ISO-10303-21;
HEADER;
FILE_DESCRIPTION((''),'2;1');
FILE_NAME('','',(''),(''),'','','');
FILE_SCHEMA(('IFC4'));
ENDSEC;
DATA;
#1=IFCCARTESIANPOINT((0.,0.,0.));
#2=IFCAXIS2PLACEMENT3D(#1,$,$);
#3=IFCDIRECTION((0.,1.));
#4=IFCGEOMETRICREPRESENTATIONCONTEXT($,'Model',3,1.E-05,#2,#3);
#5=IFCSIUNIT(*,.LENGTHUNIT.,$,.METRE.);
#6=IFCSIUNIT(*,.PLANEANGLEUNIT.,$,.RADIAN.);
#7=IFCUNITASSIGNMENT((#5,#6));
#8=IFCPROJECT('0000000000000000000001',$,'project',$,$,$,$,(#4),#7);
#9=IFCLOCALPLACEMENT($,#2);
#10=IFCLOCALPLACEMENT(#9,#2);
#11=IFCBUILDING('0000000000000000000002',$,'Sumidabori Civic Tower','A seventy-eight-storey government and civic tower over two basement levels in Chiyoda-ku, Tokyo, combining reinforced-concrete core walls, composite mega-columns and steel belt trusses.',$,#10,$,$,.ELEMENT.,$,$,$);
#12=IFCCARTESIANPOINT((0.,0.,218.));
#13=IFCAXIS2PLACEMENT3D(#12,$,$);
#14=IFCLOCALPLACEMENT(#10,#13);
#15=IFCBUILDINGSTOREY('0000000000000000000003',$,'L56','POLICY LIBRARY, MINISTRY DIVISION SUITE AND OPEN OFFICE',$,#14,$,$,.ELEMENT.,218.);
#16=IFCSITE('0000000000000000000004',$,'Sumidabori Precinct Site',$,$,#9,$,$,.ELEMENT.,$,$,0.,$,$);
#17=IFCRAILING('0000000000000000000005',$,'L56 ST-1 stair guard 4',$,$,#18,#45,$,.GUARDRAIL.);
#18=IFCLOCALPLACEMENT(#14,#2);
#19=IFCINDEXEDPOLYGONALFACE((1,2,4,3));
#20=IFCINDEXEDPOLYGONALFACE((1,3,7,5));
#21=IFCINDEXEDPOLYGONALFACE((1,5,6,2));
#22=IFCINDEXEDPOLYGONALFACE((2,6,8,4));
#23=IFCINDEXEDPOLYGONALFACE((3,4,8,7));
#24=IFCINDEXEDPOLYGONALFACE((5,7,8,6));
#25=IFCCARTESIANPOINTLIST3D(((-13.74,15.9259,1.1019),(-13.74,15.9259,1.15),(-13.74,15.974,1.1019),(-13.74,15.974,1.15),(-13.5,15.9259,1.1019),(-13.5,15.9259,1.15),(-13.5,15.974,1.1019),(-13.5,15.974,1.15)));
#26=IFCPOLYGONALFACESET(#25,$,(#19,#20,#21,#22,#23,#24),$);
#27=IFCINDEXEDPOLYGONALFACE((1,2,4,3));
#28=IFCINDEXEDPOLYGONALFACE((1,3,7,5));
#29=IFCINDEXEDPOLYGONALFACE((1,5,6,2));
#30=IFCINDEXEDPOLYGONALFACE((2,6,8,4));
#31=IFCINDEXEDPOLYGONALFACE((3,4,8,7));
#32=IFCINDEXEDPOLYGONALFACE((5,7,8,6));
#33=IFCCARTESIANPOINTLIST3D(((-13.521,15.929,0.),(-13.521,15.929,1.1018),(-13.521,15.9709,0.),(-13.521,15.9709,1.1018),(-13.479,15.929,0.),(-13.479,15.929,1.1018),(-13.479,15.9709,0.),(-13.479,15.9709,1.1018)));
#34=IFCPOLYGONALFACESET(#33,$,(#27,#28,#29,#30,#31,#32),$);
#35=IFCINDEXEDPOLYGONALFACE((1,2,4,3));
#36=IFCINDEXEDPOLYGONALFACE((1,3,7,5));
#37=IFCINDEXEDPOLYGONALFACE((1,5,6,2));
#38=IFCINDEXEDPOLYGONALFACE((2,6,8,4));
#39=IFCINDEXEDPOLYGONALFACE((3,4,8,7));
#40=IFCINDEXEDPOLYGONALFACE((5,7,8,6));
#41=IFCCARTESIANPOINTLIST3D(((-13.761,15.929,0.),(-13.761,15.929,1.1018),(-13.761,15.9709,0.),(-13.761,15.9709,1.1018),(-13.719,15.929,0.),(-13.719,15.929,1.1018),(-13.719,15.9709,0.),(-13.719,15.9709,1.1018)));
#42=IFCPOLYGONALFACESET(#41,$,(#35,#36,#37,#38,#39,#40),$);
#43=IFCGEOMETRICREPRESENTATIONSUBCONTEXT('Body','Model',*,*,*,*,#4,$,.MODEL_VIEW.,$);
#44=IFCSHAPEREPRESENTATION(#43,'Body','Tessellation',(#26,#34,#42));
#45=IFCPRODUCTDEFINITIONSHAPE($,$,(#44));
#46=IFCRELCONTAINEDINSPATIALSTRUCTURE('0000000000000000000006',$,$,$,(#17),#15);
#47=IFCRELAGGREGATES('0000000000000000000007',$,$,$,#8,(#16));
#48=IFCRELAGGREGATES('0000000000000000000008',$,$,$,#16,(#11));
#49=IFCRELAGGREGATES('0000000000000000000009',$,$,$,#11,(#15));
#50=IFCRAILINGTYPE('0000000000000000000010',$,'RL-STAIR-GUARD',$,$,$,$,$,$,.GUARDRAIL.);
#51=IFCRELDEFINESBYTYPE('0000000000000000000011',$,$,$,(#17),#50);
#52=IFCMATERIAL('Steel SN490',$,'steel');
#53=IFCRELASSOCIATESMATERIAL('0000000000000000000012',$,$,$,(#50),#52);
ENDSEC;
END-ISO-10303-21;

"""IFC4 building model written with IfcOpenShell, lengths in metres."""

from ifc_helpers import new_model, si_unit, direction, frame, origin, origin_2d, place, context, subcontext, project, spatial, rectangle, extrude, material, type_object, element, save


model = new_model("IFC4")

# Units and contexts
model_context = context("Model", 3, precision=1e-05, world=origin(), true_north=direction((0.0, 1.0)))
body_context = subcontext(model_context, "Body", "Model", "MODEL_VIEW")
ifc_project = project(units=[si_unit("LENGTHUNIT", "METRE"), si_unit("PLANEANGLEUNIT", "RADIAN")], contexts=[model_context])

# Site, building, storey
site_placement = place(None, origin())
site = spatial("IfcSite", under=ifc_project, at=site_placement, Name="Sumidabori Precinct Site", CompositionType="ELEMENT", RefElevation=0.0)
building_placement = place(site_placement, origin())
building = spatial("IfcBuilding", under=site, at=building_placement, Name="Sumidabori Civic Tower", Description="A seventy-eight-storey government and civic tower over two basement levels in Chiyoda-ku, Tokyo, combining reinforced-concrete core walls, composite mega-columns and steel belt trusses.", CompositionType="ELEMENT")
storey_placement = place(building_placement, frame((0.0, 0.0, 218.0)))
storey = spatial("IfcBuildingStorey", under=building, at=storey_placement, Name="L56", Description="POLICY LIBRARY, MINISTRY DIVISION SUITE AND OPEN OFFICE", CompositionType="ELEMENT", Elevation=218.0)

# Shared definitions
ifc_material_1 = material(Name="Steel SN490", Category="steel")

# Railing
railing_type = type_object("IfcRailingType", Name="RL-STAIR-GUARD", PredefinedType="GUARDRAIL", material=ifc_material_1)
railing_1_placement = place(storey_placement, frame((-13.5, 15.95, 0.0)))
element("IfcRailing", 1, at=railing_1_placement, inside=storey, type_object=railing_type, Name="L56 ST-1 stair guard 4", PredefinedType="GUARDRAIL", context=body_context, shape_type="SweptSolid", body=[
    extrude(rectangle(XDim=0.0481, YDim=0.0481, at=origin_2d()), frame((0.0, 0.0, 1.126), z_axis=(-1.0, 0.0, 0.0), x_axis=(0.0, -1.0, 0.0)), (0.0, 0.0, 1.0), 0.24),
    extrude(rectangle(XDim=0.042, YDim=0.042, at=origin_2d()), origin(), (0.0, 0.0, 1.0), 1.1018),
    extrude(rectangle(XDim=0.042, YDim=0.042, at=origin_2d()), frame((-0.24, 0.0, 0.0)), (0.0, 0.0, 1.0), 1.1018),
])

save(model, "model.ifc")
